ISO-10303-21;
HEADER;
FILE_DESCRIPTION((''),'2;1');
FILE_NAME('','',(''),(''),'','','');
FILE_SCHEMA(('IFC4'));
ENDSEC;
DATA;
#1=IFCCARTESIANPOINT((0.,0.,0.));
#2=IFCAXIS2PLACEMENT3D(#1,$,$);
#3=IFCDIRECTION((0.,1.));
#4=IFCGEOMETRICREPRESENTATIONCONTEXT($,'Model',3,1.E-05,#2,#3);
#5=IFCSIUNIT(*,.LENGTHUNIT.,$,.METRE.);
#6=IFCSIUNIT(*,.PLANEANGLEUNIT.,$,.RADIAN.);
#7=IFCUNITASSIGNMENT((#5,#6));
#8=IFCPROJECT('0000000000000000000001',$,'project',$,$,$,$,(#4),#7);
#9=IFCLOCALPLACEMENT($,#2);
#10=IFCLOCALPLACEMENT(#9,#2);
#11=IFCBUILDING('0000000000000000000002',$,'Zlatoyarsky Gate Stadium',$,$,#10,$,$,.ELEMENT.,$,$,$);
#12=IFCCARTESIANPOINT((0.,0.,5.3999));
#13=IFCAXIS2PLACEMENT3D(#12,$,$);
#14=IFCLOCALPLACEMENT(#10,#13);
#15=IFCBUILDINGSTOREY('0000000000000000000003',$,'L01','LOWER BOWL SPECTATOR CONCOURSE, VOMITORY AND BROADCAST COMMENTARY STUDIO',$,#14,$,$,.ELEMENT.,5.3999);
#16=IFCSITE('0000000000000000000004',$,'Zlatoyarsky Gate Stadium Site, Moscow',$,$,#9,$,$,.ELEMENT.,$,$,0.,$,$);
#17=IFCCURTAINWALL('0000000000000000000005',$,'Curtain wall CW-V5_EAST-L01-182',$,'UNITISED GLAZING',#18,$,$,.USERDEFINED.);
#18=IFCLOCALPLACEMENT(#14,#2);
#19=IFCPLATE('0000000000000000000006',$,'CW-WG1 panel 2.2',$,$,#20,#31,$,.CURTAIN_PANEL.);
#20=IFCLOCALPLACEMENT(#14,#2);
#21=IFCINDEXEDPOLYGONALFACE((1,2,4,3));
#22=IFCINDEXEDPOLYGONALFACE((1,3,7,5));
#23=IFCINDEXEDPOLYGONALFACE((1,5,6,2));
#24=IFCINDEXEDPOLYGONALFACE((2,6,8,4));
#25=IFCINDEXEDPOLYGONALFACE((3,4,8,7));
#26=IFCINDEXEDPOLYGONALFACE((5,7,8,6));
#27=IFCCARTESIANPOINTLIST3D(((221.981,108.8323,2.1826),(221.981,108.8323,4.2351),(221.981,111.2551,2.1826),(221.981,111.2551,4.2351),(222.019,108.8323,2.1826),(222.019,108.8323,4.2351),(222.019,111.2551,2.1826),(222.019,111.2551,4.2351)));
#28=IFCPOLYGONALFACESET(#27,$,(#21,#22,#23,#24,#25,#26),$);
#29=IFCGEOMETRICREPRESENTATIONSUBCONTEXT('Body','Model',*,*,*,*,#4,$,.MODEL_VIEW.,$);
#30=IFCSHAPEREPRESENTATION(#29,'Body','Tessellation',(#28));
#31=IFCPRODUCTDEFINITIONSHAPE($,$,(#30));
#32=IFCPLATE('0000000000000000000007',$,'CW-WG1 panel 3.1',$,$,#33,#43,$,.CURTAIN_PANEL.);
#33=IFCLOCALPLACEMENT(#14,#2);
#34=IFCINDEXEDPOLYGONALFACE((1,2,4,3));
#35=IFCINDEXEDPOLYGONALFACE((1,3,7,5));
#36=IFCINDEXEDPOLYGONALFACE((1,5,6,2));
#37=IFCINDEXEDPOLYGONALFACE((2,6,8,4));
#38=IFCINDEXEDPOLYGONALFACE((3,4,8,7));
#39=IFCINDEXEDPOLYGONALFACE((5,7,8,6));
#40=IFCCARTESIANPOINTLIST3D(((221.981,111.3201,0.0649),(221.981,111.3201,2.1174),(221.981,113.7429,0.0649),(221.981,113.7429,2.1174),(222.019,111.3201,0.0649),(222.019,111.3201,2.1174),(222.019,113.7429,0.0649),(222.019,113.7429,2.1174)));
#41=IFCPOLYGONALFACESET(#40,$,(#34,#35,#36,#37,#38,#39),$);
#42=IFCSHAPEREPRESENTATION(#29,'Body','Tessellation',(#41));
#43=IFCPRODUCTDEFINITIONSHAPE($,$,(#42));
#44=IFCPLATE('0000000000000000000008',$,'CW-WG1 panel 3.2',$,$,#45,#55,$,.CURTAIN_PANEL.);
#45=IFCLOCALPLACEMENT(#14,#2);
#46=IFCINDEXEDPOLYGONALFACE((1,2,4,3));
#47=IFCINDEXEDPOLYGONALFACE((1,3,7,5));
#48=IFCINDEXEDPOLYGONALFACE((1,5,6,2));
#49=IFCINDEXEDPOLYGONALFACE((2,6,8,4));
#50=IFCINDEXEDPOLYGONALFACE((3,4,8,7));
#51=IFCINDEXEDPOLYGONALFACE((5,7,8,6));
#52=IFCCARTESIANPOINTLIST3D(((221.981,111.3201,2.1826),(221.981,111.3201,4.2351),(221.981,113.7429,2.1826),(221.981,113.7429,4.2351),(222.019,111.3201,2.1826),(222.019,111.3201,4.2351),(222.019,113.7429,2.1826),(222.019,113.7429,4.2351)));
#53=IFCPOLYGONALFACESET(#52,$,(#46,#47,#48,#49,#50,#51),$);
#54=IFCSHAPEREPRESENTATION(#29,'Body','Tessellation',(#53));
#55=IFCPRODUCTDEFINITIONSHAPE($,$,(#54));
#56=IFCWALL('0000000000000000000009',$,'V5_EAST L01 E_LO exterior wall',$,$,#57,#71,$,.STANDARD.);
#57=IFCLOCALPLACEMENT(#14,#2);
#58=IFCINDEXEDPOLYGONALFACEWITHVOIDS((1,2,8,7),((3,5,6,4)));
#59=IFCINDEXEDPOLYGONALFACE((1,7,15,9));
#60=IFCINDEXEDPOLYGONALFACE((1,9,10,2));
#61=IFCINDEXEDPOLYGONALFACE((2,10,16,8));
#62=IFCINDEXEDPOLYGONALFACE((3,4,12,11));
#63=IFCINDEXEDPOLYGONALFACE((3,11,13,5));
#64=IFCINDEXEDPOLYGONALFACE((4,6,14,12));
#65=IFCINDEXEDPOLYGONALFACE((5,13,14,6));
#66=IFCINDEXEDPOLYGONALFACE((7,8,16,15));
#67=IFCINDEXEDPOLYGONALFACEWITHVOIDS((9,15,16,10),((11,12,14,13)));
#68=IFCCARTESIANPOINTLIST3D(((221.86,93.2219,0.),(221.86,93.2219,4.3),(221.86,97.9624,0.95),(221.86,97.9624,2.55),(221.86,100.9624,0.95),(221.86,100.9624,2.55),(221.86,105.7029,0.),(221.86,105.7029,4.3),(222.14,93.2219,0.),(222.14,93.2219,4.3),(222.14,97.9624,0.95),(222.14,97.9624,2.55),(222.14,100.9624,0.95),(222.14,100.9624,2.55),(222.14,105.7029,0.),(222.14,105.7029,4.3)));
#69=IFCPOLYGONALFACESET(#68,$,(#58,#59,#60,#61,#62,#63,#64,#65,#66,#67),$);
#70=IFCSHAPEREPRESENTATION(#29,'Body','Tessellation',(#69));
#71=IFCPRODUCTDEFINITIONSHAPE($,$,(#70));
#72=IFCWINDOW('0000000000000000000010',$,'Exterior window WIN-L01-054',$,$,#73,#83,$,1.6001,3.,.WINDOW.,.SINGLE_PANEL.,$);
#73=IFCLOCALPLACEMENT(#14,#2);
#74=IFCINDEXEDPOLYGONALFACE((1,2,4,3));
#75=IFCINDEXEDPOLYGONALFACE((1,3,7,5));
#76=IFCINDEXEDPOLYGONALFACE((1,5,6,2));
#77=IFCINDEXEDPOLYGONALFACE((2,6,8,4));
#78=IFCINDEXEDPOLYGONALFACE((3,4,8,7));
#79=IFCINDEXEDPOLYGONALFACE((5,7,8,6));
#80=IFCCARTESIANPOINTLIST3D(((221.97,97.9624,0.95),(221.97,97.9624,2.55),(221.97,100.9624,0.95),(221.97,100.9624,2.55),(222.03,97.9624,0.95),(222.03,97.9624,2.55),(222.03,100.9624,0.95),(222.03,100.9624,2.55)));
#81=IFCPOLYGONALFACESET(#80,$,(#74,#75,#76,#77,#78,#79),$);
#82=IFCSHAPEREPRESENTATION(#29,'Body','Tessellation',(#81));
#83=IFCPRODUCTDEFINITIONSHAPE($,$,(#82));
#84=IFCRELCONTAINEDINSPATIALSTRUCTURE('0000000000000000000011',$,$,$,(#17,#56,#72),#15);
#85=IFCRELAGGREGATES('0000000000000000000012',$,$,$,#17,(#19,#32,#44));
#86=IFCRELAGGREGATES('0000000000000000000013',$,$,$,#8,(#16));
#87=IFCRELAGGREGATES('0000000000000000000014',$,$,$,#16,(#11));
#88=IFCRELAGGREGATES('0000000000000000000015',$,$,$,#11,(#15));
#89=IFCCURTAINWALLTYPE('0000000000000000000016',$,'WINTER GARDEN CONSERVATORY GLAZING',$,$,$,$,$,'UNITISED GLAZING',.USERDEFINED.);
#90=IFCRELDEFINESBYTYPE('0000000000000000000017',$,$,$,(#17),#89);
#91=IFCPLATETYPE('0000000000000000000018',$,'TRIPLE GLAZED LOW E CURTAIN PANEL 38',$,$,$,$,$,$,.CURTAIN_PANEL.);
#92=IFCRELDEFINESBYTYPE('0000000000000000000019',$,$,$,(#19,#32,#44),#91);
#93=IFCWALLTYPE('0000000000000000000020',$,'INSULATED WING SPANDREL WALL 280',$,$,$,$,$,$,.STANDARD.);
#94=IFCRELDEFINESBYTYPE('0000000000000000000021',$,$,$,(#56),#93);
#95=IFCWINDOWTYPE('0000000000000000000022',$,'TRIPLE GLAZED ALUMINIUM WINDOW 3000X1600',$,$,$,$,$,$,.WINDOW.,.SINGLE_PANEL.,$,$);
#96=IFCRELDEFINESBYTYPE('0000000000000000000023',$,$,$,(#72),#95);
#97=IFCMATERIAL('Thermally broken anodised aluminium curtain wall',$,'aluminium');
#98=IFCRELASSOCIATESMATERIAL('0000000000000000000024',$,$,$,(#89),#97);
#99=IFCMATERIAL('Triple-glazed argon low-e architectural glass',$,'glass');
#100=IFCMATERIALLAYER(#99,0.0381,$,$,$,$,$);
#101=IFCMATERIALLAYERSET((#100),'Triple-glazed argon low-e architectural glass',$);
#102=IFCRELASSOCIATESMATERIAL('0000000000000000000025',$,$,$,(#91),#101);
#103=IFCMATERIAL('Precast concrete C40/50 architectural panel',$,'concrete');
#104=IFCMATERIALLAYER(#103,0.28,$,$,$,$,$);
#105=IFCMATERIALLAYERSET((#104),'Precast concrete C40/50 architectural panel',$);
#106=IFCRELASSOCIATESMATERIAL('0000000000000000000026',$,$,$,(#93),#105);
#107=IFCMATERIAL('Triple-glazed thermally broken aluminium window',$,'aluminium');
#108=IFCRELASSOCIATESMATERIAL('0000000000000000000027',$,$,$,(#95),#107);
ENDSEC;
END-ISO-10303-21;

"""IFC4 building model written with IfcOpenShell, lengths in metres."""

from ifc_helpers import new_model, si_unit, direction, frame, frame_2d, origin, origin_2d, place, context, subcontext, project, spatial, rectangle, extrude, material, layer, layer_set, type_object, element, fill, aggregate, save


model = new_model("IFC4")

# Units and contexts
model_context = context("Model", 3, precision=1e-05, world=origin(), true_north=direction((0.0, 1.0)))
body_context = subcontext(model_context, "Body", "Model", "MODEL_VIEW")
ifc_project = project(units=[si_unit("LENGTHUNIT", "METRE"), si_unit("PLANEANGLEUNIT", "RADIAN")], contexts=[model_context])

# Site, building, storey
site_placement = place(None, origin())
site = spatial("IfcSite", under=ifc_project, at=site_placement, Name="Zlatoyarsky Gate Stadium Site, Moscow", CompositionType="ELEMENT", RefElevation=0.0)
building_placement = place(site_placement, origin())
building = spatial("IfcBuilding", under=site, at=building_placement, Name="Zlatoyarsky Gate Stadium", CompositionType="ELEMENT")
storey_placement = place(building_placement, frame((0.0, 0.0, 5.3999)))
storey = spatial("IfcBuildingStorey", under=building, at=storey_placement, Name="L01", Description="LOWER BOWL SPECTATOR CONCOURSE, VOMITORY AND BROADCAST COMMENTARY STUDIO", CompositionType="ELEMENT", Elevation=5.3999)

# Shared definitions
ifc_material_1 = material(Name="Thermally broken anodised aluminium curtain wall", Category="aluminium")
curtain_wall_type = type_object("IfcCurtainWallType", Name="WINTER GARDEN CONSERVATORY GLAZING", ElementType="UNITISED GLAZING", PredefinedType="USERDEFINED", material=ifc_material_1)

# Curtain wall
curtain_wall_1_placement = place(storey_placement, origin())
curtain_wall_1 = element("IfcCurtainWall", 1, at=curtain_wall_1_placement, inside=storey, type_object=curtain_wall_type, Name="Curtain wall CW-V5_EAST-L01-182", ObjectType="UNITISED GLAZING", PredefinedType="USERDEFINED")

# Plates
ifc_material_2 = material(Name="Triple-glazed argon low-e architectural glass", Category="glass")
ifc_layer_1 = layer(ifc_material_2, 0.0381)
ifc_layer_set_1 = layer_set([ifc_layer_1], Name="Triple-glazed argon low-e architectural glass")
plate_type_1 = type_object("IfcPlateType", Name="TRIPLE GLAZED LOW E CURTAIN PANEL 38", PredefinedType="CURTAIN_PANEL", material=ifc_layer_set_1)
plate_1_placement = place(storey_placement, frame((222.0, 110.0437, 2.1826), z_axis=(0.0, 0.0, 1.0), x_axis=(0.0, 1.0, 0.0)))
plate_1 = element("IfcPlate", 2, at=plate_1_placement, type_object=plate_type_1, Name="CW-WG1 panel 2.2", PredefinedType="CURTAIN_PANEL", context=body_context, shape_type="SweptSolid", body=[
    extrude(rectangle(XDim=2.4229, YDim=0.0381, at=origin_2d()), origin(), (0.0, 0.0, 1.0), 2.0525),
])
plate_2_placement = place(storey_placement, frame((222.0, 112.5315, 0.0649), z_axis=(0.0, 0.0, 1.0), x_axis=(0.0, 1.0, 0.0)))
plate_2 = element("IfcPlate", 3, at=plate_2_placement, type_object=plate_type_1, Name="CW-WG1 panel 3.1", PredefinedType="CURTAIN_PANEL", context=body_context, shape_type="SweptSolid", body=[
    extrude(rectangle(XDim=2.4229, YDim=0.0381, at=origin_2d()), origin(), (0.0, 0.0, 1.0), 2.0525),
])
plate_3_placement = place(storey_placement, frame((222.0, 112.5315, 2.1826), z_axis=(0.0, 0.0, 1.0), x_axis=(0.0, 1.0, 0.0)))
plate_3 = element("IfcPlate", 4, at=plate_3_placement, type_object=plate_type_1, Name="CW-WG1 panel 3.2", PredefinedType="CURTAIN_PANEL", context=body_context, shape_type="SweptSolid", body=[
    extrude(rectangle(XDim=2.4229, YDim=0.0381, at=origin_2d()), origin(), (0.0, 0.0, 1.0), 2.0525),
])
aggregate(curtain_wall_1, [plate_1, plate_2, plate_3])

# Wall, opening, window
ifc_material_3 = material(Name="Precast concrete C40/50 architectural panel", Category="concrete")
ifc_layer_2 = layer(ifc_material_3, 0.28)
ifc_layer_set_2 = layer_set([ifc_layer_2], Name="Precast concrete C40/50 architectural panel")
wall_type = type_object("IfcWallType", Name="INSULATED WING SPANDREL WALL 280", PredefinedType="STANDARD", material=ifc_layer_set_2)
wall_placement = place(storey_placement, frame((222.0, 93.2219, 0.0), z_axis=(0.0, 0.0, 1.0), x_axis=(0.0, 1.0, 0.0)))
wall = element("IfcWall", 5, at=wall_placement, inside=storey, type_object=wall_type, Name="V5_EAST L01 E_LO exterior wall", PredefinedType="STANDARD", context=body_context, shape_type="SweptSolid", body=[
    extrude(rectangle(XDim=12.481, YDim=0.28, at=frame_2d((6.2405, 0.0))), origin(), (0.0, 0.0, 1.0), 4.3),
])
opening_placement = place(wall_placement, frame((4.7405, 0.0, 0.95)))
opening = element("IfcOpeningElement", 6, at=opening_placement, cuts=wall, PredefinedType="OPENING", context=body_context, shape_type="SweptSolid", body=[
    extrude(rectangle(XDim=3.0, YDim=1.6001, at=frame_2d((1.5, 0.8))), frame((0.0, 0.1499, 0.0), z_axis=(0.0, -1.0, 0.0), x_axis=(1.0, 0.0, 0.0)), (0.0, 0.0, 1.0), 0.3),
])
ifc_material_4 = material(Name="Triple-glazed thermally broken aluminium window", Category="aluminium")
window_type = type_object("IfcWindowType", Name="TRIPLE GLAZED ALUMINIUM WINDOW 3000X1600", PartitioningType="SINGLE_PANEL", PredefinedType="WINDOW", material=ifc_material_4)
window_placement = place(opening_placement, origin())
window = element("IfcWindow", 7, at=window_placement, inside=storey, type_object=window_type, Name="Exterior window WIN-L01-054", OverallHeight=1.6001, OverallWidth=3.0, PartitioningType="SINGLE_PANEL", PredefinedType="WINDOW", context=body_context, shape_type="SweptSolid", body=[
    extrude(rectangle(XDim=3.0, YDim=1.6001, at=frame_2d((1.5, 0.8))), frame((0.0, 0.03, 0.0), z_axis=(0.0, -1.0, 0.0), x_axis=(1.0, 0.0, 0.0)), (0.0, 0.0, 1.0), 0.0601),
])
fill(opening, window)

save(model, "model.ifc")
